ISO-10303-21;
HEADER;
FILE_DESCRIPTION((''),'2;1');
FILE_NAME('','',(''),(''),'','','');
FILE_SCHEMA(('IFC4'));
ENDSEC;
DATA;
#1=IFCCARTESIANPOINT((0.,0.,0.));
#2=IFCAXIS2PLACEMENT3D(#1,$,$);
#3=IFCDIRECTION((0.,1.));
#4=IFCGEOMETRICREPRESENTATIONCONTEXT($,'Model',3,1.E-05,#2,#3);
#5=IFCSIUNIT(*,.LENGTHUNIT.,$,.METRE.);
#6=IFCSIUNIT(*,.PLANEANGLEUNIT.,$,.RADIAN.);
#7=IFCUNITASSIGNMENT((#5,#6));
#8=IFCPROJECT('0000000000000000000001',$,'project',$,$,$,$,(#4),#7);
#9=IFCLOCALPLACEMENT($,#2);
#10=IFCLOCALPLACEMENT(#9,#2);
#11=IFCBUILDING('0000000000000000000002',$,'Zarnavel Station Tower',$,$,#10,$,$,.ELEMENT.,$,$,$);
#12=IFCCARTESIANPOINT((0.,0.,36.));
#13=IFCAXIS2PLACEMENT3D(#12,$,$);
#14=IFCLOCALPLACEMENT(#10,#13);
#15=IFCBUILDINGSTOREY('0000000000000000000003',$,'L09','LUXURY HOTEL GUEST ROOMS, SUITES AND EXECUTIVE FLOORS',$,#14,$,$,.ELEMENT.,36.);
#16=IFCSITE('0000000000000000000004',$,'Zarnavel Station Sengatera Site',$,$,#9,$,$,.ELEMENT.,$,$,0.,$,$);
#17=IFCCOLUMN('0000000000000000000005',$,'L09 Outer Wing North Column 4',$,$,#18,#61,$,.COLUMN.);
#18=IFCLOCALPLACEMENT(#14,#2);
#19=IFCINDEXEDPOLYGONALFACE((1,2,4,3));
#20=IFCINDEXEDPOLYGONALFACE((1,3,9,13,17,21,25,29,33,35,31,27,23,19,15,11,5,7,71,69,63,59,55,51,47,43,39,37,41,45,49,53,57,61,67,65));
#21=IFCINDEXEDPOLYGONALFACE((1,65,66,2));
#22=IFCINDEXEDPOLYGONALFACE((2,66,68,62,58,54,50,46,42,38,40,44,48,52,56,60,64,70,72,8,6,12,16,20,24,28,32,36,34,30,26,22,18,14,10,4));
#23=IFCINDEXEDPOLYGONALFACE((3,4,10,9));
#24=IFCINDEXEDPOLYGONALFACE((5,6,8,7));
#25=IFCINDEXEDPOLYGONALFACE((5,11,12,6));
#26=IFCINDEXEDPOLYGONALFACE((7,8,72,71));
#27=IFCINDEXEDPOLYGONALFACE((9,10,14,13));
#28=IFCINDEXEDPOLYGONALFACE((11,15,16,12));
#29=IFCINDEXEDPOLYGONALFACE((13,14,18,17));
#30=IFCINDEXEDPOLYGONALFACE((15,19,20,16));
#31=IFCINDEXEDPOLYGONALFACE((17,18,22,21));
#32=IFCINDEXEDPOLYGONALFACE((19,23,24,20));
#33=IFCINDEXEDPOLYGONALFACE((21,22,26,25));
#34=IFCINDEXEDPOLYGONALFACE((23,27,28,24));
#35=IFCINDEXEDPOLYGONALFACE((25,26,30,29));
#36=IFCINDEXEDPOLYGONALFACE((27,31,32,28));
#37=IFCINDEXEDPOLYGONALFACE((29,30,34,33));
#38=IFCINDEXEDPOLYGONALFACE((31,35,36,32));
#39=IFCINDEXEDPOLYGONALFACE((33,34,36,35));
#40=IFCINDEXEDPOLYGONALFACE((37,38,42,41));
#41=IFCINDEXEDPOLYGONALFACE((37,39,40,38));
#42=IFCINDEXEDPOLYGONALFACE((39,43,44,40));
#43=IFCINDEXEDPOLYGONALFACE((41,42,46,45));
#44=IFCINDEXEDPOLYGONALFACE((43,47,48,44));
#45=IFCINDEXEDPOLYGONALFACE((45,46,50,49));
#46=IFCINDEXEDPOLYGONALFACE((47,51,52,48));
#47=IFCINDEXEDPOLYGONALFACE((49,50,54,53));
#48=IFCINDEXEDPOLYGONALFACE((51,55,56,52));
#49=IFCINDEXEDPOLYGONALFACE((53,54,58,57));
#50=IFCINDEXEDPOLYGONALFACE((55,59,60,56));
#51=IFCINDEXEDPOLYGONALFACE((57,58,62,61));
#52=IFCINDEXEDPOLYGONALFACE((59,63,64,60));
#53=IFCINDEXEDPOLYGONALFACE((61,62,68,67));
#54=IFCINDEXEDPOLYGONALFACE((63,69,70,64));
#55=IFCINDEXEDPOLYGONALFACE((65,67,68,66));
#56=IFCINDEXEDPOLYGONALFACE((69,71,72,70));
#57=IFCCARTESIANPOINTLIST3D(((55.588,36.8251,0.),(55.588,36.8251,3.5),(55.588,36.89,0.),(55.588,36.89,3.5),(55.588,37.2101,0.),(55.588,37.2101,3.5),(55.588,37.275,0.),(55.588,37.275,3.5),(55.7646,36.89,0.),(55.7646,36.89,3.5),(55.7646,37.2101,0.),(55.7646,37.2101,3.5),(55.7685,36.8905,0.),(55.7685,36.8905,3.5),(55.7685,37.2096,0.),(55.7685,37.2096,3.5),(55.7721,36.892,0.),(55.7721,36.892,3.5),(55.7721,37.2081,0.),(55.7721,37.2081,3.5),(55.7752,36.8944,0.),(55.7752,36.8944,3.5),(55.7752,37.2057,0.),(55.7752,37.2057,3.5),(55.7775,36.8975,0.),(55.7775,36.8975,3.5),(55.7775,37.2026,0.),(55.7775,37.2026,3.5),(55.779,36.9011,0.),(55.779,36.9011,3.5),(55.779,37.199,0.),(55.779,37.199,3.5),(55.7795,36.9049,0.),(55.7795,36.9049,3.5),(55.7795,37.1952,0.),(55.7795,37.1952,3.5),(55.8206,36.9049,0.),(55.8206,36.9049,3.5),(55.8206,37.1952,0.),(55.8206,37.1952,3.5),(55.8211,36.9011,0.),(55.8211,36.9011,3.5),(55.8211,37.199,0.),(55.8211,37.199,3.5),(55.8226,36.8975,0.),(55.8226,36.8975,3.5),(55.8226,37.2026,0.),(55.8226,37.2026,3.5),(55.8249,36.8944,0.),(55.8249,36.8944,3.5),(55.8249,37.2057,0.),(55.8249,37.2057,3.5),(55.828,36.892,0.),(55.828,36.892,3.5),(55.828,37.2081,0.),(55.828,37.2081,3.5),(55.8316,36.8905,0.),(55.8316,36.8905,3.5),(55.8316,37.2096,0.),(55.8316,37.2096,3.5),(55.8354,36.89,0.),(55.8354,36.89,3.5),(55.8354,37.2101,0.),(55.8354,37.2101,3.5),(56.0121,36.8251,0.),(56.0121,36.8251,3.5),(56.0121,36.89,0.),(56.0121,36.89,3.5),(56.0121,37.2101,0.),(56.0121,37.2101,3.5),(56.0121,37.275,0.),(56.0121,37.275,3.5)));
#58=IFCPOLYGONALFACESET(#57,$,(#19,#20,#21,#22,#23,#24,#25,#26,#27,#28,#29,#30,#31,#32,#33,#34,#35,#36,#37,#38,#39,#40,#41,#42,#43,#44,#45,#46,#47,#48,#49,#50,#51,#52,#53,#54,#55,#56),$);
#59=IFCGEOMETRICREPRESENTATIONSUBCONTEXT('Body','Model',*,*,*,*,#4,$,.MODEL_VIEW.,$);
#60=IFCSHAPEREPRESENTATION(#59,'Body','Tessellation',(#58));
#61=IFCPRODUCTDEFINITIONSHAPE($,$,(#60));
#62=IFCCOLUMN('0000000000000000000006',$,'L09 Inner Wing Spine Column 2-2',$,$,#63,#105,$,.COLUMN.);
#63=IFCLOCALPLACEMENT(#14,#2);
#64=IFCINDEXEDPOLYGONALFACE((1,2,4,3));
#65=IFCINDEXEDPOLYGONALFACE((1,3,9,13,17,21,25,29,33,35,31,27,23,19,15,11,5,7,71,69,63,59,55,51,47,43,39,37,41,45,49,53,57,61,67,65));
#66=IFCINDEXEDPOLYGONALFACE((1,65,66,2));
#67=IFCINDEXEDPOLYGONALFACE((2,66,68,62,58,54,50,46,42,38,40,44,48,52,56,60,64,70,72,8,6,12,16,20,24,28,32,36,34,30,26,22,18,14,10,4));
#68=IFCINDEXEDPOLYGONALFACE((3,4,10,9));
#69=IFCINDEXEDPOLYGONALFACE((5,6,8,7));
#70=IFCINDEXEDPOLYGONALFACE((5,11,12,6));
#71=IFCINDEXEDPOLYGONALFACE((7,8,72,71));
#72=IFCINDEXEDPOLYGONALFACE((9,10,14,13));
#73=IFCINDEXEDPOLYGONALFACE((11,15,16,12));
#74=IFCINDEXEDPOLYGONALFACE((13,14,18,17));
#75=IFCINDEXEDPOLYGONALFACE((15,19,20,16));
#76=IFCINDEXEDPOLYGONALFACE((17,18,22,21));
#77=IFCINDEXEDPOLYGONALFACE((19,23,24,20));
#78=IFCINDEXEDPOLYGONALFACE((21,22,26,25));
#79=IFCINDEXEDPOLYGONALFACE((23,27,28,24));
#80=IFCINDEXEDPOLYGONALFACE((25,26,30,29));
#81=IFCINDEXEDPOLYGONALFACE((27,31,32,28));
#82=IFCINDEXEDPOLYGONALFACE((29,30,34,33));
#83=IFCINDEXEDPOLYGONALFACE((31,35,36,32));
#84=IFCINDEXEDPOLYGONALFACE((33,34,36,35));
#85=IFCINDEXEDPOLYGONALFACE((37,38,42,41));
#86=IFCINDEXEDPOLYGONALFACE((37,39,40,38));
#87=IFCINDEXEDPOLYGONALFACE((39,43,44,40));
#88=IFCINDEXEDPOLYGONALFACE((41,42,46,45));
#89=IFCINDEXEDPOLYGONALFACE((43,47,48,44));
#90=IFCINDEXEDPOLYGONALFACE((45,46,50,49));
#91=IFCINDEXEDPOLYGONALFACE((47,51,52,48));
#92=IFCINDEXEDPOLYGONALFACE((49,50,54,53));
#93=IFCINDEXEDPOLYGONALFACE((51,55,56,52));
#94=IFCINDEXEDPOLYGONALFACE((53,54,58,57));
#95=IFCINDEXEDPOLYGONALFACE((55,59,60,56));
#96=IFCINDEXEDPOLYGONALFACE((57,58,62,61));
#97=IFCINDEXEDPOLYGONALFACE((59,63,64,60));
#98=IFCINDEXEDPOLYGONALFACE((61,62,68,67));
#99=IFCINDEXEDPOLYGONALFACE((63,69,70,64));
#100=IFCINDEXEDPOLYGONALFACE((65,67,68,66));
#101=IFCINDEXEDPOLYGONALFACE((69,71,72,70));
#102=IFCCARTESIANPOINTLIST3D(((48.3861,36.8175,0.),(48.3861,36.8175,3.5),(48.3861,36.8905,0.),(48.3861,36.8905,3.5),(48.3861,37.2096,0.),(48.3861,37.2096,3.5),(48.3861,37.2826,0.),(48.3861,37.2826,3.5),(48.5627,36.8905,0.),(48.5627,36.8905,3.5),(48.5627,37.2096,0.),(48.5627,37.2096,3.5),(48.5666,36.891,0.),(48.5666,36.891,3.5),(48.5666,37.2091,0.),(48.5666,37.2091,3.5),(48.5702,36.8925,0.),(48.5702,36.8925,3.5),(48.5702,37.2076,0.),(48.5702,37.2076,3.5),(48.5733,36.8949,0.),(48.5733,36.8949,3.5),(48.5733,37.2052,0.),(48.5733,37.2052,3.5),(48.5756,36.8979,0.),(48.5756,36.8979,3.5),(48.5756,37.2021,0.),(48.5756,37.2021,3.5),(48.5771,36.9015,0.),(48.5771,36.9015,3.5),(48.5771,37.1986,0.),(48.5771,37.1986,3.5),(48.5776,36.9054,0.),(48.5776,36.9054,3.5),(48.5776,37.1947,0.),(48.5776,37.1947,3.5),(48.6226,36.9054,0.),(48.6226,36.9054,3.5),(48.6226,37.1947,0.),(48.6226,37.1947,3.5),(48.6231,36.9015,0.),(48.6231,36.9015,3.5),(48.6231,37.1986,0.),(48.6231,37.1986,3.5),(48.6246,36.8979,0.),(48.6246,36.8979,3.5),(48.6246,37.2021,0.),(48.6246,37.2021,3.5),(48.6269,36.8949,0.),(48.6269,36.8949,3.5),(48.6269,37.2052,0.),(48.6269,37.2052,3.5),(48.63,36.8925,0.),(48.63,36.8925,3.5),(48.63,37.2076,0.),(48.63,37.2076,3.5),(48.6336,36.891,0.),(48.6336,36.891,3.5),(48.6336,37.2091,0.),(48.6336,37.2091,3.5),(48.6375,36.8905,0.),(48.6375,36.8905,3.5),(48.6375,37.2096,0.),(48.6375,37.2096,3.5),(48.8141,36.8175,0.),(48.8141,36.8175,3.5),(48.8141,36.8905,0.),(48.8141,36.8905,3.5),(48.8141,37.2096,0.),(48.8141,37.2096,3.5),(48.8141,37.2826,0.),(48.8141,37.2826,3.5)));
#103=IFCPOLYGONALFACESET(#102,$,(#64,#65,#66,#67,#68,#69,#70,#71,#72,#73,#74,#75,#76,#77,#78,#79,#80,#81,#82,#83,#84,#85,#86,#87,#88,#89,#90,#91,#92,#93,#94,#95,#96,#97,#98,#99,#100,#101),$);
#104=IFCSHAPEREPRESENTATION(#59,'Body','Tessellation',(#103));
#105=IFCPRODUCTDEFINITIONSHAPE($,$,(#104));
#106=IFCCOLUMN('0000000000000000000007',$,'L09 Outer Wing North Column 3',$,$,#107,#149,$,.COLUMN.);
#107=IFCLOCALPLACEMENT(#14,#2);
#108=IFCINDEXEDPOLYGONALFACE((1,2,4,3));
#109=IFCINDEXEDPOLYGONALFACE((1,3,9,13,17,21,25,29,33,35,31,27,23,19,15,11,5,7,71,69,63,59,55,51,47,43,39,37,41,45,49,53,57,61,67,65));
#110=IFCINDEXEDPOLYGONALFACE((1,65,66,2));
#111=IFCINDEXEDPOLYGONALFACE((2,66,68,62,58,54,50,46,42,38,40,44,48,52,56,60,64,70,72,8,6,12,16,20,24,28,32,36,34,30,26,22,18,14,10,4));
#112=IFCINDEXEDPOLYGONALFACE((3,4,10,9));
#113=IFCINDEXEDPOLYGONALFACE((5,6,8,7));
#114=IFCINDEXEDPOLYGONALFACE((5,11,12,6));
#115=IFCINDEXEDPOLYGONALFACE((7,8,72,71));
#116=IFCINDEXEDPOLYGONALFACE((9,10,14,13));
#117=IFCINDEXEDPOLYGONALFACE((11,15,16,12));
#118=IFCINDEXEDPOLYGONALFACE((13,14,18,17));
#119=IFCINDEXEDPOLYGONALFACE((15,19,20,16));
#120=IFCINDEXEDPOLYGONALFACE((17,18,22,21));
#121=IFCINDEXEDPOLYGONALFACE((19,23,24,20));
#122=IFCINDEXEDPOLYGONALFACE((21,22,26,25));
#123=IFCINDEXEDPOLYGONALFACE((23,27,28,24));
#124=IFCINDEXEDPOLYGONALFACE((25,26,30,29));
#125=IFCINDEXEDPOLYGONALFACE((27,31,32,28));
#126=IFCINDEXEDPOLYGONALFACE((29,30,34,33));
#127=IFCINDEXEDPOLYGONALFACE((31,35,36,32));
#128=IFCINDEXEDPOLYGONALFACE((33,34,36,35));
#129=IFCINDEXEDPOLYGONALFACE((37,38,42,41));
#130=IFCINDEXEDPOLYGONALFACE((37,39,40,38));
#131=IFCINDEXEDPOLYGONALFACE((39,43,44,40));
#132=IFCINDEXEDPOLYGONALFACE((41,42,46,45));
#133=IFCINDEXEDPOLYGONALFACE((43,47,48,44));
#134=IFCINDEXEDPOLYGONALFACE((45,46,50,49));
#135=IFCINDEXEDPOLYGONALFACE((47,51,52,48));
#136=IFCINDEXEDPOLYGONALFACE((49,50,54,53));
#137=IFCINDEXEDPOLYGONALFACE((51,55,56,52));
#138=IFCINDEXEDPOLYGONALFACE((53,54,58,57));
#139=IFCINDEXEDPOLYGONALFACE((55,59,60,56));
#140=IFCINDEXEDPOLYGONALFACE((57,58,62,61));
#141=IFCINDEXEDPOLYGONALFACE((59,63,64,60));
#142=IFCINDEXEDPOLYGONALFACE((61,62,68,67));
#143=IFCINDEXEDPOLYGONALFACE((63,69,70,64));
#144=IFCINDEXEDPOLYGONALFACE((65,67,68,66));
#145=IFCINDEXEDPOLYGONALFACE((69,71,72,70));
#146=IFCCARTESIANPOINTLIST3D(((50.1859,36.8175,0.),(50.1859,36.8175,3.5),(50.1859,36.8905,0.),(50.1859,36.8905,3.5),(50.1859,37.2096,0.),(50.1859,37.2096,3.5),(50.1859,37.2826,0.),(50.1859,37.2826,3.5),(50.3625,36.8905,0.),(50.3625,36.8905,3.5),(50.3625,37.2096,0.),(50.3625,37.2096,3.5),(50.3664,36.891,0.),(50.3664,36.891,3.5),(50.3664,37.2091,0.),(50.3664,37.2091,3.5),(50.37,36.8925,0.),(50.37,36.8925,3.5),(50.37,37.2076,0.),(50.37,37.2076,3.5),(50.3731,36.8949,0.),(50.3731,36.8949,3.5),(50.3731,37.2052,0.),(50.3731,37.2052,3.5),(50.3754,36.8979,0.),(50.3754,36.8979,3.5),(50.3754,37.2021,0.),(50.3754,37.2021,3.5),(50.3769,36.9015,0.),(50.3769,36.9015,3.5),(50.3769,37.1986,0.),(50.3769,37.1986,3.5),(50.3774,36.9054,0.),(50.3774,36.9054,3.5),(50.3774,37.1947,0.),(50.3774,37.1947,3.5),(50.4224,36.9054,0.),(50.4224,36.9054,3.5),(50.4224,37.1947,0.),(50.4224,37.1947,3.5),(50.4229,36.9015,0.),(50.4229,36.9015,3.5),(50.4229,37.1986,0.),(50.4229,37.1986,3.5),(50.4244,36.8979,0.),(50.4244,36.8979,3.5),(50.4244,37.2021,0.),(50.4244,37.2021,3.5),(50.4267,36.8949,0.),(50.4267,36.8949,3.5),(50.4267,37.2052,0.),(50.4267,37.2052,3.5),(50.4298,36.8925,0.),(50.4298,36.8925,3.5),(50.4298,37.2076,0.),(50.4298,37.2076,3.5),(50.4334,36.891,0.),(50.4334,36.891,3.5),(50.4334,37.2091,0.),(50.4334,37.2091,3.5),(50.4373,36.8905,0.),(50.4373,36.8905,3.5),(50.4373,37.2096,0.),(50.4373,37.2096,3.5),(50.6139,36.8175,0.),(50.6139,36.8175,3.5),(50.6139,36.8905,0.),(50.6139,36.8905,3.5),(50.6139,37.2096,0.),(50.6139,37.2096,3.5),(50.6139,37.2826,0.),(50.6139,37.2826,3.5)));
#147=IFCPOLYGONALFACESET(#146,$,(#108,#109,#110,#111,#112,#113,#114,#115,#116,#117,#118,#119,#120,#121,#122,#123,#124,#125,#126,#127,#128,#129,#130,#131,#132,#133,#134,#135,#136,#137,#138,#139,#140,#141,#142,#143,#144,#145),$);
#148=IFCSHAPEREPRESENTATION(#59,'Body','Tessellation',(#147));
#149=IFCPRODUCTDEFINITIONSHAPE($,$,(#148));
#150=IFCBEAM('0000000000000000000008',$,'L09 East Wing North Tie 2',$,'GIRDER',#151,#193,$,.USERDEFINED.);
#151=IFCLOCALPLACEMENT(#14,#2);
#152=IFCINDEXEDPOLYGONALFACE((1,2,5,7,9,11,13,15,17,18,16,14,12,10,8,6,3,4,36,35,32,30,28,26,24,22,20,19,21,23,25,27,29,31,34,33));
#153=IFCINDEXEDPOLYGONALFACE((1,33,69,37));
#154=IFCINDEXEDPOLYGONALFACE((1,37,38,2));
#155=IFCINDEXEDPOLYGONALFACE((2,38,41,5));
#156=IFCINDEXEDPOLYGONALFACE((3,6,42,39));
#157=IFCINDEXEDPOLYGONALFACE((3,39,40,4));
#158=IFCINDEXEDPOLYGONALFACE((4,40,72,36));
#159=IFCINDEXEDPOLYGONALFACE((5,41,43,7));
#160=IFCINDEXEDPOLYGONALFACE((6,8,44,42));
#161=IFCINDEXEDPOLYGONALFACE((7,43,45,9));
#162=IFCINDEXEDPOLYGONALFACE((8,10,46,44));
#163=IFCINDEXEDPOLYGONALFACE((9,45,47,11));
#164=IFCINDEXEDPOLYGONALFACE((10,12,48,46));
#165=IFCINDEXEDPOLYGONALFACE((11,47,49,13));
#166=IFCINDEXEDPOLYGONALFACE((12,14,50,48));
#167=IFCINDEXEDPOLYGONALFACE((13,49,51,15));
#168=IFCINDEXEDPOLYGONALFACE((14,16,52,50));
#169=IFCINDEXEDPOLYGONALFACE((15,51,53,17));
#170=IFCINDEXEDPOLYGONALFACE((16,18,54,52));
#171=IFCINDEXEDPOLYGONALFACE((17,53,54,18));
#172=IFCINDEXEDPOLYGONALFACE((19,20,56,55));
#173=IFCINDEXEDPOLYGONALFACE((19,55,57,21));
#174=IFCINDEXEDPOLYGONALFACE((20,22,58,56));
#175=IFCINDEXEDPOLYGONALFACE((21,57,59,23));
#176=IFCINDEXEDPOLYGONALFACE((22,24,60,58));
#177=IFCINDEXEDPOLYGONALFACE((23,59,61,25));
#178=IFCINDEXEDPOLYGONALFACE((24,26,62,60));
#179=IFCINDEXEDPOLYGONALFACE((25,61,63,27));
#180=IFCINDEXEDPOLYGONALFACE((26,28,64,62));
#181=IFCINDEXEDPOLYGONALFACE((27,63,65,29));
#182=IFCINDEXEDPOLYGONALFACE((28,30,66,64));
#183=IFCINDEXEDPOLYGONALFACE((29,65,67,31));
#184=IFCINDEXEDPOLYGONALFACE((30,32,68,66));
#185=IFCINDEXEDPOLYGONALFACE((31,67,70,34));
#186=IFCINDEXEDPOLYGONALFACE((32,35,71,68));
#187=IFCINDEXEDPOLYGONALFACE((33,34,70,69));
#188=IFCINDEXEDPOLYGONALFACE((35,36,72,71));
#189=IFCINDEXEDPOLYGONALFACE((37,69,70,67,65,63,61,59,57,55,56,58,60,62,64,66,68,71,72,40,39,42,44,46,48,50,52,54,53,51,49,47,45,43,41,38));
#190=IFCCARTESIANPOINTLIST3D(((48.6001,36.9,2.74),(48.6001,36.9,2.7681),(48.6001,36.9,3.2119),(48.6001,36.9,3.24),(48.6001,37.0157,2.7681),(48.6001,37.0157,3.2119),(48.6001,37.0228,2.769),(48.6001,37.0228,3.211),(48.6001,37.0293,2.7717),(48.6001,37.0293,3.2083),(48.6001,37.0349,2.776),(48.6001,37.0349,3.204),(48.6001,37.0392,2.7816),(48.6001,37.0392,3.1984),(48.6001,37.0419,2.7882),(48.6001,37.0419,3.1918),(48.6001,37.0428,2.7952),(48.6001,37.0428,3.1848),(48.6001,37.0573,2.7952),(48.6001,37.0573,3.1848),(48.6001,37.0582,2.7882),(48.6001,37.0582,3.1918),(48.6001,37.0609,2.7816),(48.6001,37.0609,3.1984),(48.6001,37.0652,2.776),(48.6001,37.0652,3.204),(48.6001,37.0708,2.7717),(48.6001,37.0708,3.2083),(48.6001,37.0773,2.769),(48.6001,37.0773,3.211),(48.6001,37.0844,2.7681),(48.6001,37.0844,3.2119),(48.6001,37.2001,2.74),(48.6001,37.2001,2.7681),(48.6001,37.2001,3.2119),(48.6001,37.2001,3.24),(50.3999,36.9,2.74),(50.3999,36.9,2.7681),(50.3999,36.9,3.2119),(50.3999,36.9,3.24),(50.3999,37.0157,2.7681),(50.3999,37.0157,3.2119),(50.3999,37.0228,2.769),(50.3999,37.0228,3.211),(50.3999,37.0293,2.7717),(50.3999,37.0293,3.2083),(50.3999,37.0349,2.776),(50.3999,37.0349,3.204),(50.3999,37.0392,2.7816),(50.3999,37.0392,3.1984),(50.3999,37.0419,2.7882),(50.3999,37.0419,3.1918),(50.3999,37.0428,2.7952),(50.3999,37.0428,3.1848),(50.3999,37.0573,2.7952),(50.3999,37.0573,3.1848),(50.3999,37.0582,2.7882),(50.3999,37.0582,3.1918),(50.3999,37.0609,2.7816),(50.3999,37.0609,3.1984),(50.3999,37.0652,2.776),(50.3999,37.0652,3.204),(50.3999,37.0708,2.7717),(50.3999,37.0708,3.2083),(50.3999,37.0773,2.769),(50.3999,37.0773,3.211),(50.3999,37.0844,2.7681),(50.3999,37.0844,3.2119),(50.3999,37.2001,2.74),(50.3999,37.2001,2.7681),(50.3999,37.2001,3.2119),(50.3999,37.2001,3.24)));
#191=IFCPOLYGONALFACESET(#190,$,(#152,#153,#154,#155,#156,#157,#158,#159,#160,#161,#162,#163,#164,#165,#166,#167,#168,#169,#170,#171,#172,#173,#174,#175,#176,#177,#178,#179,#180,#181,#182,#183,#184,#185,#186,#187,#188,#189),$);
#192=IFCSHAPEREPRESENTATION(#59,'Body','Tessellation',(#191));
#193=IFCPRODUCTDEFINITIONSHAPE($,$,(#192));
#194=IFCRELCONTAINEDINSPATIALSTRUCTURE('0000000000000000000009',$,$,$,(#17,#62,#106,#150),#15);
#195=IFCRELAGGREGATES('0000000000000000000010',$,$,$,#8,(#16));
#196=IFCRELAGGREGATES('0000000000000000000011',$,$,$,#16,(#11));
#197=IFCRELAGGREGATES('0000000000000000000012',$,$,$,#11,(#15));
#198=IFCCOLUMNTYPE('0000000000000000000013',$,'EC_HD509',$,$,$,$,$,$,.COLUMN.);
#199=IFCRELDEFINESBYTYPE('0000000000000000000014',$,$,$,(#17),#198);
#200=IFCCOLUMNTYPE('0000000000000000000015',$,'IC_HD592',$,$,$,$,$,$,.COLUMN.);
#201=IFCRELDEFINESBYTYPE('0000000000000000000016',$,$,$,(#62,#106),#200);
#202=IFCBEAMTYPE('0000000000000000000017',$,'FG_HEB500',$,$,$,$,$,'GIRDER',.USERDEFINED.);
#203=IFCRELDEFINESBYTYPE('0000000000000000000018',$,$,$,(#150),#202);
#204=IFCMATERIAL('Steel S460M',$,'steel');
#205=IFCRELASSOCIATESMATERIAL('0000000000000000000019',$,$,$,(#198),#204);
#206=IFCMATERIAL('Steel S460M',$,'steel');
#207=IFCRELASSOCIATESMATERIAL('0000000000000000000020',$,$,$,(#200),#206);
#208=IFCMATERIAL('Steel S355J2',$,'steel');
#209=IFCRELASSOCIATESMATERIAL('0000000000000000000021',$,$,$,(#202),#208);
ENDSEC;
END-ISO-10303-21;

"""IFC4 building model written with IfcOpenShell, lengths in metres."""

from ifc_helpers import new_model, si_unit, direction, frame, origin, origin_2d, place, context, subcontext, project, spatial, i_section, extrude, material, material_profile, profile_set, type_object, element, save


model = new_model("IFC4")

# Units and contexts
model_context = context("Model", 3, precision=1e-05, world=origin(), true_north=direction((0.0, 1.0)))
body_context = subcontext(model_context, "Body", "Model", "MODEL_VIEW")
ifc_project = project(units=[si_unit("LENGTHUNIT", "METRE"), si_unit("PLANEANGLEUNIT", "RADIAN")], contexts=[model_context])

# Site, building, storey
site_placement = place(None, origin())
site = spatial("IfcSite", under=ifc_project, at=site_placement, Name="Zarnavel Station Sengatera Site", CompositionType="ELEMENT", RefElevation=0.0)
building_placement = place(site_placement, origin())
building = spatial("IfcBuilding", under=site, at=building_placement, Name="Zarnavel Station Tower", CompositionType="ELEMENT")
storey_placement = place(building_placement, frame((0.0, 0.0, 36.0)))
storey = spatial("IfcBuildingStorey", under=building, at=storey_placement, Name="L09", Description="LUXURY HOTEL GUEST ROOMS, SUITES AND EXECUTIVE FLOORS", CompositionType="ELEMENT", Elevation=36.0)

# Columns
ifc_material_1 = material(Name="Steel S460M", Category="steel")
ifc_material_profile_1 = material_profile(ifc_material_1, i_section(OverallWidth=0.4241, OverallDepth=0.45, WebThickness=0.041, FlangeThickness=0.0649, FilletRadius=0.0149, at=origin_2d()), Name="HD400x509")
ifc_profile_set_1 = profile_set([ifc_material_profile_1], Name="Steel S460M")
column_type_1 = type_object("IfcColumnType", Name="EC_HD509", PredefinedType="COLUMN", material=ifc_profile_set_1)
column_placement = place(storey_placement, frame((55.8, 37.05, 0.0), z_axis=(0.0, 0.0, 1.0), x_axis=(1.0, 0.0, 0.0)))
element("IfcColumn", 1, at=column_placement, inside=storey, type_object=column_type_1, Name="L09 Outer Wing North Column 4", PredefinedType="COLUMN", context=body_context, shape_type="SweptSolid", body=[
    extrude(i_section(OverallWidth=0.4241, OverallDepth=0.45, WebThickness=0.041, FlangeThickness=0.0649, FilletRadius=0.0149, at=origin_2d()), origin(), (0.0, 0.0, 1.0), 3.5),
])
ifc_material_2 = material(Name="Steel S460M", Category="steel")
ifc_material_profile_2 = material_profile(ifc_material_2, i_section(OverallWidth=0.428, OverallDepth=0.4651, WebThickness=0.0449, FlangeThickness=0.073, FilletRadius=0.0149, at=origin_2d()), Name="HD400x592")
ifc_profile_set_2 = profile_set([ifc_material_profile_2], Name="Steel S460M")
column_type_2 = type_object("IfcColumnType", Name="IC_HD592", PredefinedType="COLUMN", material=ifc_profile_set_2)
for number, where, z_axis, x_axis, name in (
    (2, (48.6001, 37.05, 0.0), (0.0, 0.0, 1.0), (1.0, 0.0, 0.0), "L09 Inner Wing Spine Column 2-2"),
    (3, (50.3999, 37.05, 0.0), (0.0, 0.0, 1.0), (1.0, 0.0, 0.0), "L09 Outer Wing North Column 3"),
):
    element("IfcColumn", number, at=place(storey_placement, frame(where, z_axis=z_axis, x_axis=x_axis)), inside=storey, type_object=column_type_2, Name=name, PredefinedType="COLUMN", context=body_context, shape_type="SweptSolid", body=[
        extrude(i_section(OverallWidth=0.428, OverallDepth=0.4651, WebThickness=0.0449, FlangeThickness=0.073, FilletRadius=0.0149, at=origin_2d()), origin(), (0.0, 0.0, 1.0), 3.5),
    ])

# Beam
ifc_material_3 = material(Name="Steel S355J2", Category="steel")
ifc_material_profile_3 = material_profile(ifc_material_3, i_section(OverallWidth=0.3, OverallDepth=0.5, WebThickness=0.0144, FlangeThickness=0.0281, FilletRadius=0.0271, at=origin_2d()), Name="HEB500")
ifc_profile_set_3 = profile_set([ifc_material_profile_3], Name="Steel S355J2")
beam_type = type_object("IfcBeamType", Name="FG_HEB500", ElementType="GIRDER", PredefinedType="USERDEFINED", material=ifc_profile_set_3)
beam_1_placement = place(storey_placement, frame((48.6001, 37.05, 2.99), z_axis=(1.0, 0.0, 0.0), x_axis=(0.0, 1.0, 0.0)))
element("IfcBeam", 4, at=beam_1_placement, inside=storey, type_object=beam_type, Name="L09 East Wing North Tie 2", ObjectType="GIRDER", PredefinedType="USERDEFINED", context=body_context, shape_type="SweptSolid", body=[
    extrude(i_section(OverallWidth=0.3, OverallDepth=0.5, WebThickness=0.0144, FlangeThickness=0.0281, FilletRadius=0.0271, at=origin_2d()), origin(), (0.0, 0.0, 1.0), 1.7998),
])

save(model, "model.ifc")
